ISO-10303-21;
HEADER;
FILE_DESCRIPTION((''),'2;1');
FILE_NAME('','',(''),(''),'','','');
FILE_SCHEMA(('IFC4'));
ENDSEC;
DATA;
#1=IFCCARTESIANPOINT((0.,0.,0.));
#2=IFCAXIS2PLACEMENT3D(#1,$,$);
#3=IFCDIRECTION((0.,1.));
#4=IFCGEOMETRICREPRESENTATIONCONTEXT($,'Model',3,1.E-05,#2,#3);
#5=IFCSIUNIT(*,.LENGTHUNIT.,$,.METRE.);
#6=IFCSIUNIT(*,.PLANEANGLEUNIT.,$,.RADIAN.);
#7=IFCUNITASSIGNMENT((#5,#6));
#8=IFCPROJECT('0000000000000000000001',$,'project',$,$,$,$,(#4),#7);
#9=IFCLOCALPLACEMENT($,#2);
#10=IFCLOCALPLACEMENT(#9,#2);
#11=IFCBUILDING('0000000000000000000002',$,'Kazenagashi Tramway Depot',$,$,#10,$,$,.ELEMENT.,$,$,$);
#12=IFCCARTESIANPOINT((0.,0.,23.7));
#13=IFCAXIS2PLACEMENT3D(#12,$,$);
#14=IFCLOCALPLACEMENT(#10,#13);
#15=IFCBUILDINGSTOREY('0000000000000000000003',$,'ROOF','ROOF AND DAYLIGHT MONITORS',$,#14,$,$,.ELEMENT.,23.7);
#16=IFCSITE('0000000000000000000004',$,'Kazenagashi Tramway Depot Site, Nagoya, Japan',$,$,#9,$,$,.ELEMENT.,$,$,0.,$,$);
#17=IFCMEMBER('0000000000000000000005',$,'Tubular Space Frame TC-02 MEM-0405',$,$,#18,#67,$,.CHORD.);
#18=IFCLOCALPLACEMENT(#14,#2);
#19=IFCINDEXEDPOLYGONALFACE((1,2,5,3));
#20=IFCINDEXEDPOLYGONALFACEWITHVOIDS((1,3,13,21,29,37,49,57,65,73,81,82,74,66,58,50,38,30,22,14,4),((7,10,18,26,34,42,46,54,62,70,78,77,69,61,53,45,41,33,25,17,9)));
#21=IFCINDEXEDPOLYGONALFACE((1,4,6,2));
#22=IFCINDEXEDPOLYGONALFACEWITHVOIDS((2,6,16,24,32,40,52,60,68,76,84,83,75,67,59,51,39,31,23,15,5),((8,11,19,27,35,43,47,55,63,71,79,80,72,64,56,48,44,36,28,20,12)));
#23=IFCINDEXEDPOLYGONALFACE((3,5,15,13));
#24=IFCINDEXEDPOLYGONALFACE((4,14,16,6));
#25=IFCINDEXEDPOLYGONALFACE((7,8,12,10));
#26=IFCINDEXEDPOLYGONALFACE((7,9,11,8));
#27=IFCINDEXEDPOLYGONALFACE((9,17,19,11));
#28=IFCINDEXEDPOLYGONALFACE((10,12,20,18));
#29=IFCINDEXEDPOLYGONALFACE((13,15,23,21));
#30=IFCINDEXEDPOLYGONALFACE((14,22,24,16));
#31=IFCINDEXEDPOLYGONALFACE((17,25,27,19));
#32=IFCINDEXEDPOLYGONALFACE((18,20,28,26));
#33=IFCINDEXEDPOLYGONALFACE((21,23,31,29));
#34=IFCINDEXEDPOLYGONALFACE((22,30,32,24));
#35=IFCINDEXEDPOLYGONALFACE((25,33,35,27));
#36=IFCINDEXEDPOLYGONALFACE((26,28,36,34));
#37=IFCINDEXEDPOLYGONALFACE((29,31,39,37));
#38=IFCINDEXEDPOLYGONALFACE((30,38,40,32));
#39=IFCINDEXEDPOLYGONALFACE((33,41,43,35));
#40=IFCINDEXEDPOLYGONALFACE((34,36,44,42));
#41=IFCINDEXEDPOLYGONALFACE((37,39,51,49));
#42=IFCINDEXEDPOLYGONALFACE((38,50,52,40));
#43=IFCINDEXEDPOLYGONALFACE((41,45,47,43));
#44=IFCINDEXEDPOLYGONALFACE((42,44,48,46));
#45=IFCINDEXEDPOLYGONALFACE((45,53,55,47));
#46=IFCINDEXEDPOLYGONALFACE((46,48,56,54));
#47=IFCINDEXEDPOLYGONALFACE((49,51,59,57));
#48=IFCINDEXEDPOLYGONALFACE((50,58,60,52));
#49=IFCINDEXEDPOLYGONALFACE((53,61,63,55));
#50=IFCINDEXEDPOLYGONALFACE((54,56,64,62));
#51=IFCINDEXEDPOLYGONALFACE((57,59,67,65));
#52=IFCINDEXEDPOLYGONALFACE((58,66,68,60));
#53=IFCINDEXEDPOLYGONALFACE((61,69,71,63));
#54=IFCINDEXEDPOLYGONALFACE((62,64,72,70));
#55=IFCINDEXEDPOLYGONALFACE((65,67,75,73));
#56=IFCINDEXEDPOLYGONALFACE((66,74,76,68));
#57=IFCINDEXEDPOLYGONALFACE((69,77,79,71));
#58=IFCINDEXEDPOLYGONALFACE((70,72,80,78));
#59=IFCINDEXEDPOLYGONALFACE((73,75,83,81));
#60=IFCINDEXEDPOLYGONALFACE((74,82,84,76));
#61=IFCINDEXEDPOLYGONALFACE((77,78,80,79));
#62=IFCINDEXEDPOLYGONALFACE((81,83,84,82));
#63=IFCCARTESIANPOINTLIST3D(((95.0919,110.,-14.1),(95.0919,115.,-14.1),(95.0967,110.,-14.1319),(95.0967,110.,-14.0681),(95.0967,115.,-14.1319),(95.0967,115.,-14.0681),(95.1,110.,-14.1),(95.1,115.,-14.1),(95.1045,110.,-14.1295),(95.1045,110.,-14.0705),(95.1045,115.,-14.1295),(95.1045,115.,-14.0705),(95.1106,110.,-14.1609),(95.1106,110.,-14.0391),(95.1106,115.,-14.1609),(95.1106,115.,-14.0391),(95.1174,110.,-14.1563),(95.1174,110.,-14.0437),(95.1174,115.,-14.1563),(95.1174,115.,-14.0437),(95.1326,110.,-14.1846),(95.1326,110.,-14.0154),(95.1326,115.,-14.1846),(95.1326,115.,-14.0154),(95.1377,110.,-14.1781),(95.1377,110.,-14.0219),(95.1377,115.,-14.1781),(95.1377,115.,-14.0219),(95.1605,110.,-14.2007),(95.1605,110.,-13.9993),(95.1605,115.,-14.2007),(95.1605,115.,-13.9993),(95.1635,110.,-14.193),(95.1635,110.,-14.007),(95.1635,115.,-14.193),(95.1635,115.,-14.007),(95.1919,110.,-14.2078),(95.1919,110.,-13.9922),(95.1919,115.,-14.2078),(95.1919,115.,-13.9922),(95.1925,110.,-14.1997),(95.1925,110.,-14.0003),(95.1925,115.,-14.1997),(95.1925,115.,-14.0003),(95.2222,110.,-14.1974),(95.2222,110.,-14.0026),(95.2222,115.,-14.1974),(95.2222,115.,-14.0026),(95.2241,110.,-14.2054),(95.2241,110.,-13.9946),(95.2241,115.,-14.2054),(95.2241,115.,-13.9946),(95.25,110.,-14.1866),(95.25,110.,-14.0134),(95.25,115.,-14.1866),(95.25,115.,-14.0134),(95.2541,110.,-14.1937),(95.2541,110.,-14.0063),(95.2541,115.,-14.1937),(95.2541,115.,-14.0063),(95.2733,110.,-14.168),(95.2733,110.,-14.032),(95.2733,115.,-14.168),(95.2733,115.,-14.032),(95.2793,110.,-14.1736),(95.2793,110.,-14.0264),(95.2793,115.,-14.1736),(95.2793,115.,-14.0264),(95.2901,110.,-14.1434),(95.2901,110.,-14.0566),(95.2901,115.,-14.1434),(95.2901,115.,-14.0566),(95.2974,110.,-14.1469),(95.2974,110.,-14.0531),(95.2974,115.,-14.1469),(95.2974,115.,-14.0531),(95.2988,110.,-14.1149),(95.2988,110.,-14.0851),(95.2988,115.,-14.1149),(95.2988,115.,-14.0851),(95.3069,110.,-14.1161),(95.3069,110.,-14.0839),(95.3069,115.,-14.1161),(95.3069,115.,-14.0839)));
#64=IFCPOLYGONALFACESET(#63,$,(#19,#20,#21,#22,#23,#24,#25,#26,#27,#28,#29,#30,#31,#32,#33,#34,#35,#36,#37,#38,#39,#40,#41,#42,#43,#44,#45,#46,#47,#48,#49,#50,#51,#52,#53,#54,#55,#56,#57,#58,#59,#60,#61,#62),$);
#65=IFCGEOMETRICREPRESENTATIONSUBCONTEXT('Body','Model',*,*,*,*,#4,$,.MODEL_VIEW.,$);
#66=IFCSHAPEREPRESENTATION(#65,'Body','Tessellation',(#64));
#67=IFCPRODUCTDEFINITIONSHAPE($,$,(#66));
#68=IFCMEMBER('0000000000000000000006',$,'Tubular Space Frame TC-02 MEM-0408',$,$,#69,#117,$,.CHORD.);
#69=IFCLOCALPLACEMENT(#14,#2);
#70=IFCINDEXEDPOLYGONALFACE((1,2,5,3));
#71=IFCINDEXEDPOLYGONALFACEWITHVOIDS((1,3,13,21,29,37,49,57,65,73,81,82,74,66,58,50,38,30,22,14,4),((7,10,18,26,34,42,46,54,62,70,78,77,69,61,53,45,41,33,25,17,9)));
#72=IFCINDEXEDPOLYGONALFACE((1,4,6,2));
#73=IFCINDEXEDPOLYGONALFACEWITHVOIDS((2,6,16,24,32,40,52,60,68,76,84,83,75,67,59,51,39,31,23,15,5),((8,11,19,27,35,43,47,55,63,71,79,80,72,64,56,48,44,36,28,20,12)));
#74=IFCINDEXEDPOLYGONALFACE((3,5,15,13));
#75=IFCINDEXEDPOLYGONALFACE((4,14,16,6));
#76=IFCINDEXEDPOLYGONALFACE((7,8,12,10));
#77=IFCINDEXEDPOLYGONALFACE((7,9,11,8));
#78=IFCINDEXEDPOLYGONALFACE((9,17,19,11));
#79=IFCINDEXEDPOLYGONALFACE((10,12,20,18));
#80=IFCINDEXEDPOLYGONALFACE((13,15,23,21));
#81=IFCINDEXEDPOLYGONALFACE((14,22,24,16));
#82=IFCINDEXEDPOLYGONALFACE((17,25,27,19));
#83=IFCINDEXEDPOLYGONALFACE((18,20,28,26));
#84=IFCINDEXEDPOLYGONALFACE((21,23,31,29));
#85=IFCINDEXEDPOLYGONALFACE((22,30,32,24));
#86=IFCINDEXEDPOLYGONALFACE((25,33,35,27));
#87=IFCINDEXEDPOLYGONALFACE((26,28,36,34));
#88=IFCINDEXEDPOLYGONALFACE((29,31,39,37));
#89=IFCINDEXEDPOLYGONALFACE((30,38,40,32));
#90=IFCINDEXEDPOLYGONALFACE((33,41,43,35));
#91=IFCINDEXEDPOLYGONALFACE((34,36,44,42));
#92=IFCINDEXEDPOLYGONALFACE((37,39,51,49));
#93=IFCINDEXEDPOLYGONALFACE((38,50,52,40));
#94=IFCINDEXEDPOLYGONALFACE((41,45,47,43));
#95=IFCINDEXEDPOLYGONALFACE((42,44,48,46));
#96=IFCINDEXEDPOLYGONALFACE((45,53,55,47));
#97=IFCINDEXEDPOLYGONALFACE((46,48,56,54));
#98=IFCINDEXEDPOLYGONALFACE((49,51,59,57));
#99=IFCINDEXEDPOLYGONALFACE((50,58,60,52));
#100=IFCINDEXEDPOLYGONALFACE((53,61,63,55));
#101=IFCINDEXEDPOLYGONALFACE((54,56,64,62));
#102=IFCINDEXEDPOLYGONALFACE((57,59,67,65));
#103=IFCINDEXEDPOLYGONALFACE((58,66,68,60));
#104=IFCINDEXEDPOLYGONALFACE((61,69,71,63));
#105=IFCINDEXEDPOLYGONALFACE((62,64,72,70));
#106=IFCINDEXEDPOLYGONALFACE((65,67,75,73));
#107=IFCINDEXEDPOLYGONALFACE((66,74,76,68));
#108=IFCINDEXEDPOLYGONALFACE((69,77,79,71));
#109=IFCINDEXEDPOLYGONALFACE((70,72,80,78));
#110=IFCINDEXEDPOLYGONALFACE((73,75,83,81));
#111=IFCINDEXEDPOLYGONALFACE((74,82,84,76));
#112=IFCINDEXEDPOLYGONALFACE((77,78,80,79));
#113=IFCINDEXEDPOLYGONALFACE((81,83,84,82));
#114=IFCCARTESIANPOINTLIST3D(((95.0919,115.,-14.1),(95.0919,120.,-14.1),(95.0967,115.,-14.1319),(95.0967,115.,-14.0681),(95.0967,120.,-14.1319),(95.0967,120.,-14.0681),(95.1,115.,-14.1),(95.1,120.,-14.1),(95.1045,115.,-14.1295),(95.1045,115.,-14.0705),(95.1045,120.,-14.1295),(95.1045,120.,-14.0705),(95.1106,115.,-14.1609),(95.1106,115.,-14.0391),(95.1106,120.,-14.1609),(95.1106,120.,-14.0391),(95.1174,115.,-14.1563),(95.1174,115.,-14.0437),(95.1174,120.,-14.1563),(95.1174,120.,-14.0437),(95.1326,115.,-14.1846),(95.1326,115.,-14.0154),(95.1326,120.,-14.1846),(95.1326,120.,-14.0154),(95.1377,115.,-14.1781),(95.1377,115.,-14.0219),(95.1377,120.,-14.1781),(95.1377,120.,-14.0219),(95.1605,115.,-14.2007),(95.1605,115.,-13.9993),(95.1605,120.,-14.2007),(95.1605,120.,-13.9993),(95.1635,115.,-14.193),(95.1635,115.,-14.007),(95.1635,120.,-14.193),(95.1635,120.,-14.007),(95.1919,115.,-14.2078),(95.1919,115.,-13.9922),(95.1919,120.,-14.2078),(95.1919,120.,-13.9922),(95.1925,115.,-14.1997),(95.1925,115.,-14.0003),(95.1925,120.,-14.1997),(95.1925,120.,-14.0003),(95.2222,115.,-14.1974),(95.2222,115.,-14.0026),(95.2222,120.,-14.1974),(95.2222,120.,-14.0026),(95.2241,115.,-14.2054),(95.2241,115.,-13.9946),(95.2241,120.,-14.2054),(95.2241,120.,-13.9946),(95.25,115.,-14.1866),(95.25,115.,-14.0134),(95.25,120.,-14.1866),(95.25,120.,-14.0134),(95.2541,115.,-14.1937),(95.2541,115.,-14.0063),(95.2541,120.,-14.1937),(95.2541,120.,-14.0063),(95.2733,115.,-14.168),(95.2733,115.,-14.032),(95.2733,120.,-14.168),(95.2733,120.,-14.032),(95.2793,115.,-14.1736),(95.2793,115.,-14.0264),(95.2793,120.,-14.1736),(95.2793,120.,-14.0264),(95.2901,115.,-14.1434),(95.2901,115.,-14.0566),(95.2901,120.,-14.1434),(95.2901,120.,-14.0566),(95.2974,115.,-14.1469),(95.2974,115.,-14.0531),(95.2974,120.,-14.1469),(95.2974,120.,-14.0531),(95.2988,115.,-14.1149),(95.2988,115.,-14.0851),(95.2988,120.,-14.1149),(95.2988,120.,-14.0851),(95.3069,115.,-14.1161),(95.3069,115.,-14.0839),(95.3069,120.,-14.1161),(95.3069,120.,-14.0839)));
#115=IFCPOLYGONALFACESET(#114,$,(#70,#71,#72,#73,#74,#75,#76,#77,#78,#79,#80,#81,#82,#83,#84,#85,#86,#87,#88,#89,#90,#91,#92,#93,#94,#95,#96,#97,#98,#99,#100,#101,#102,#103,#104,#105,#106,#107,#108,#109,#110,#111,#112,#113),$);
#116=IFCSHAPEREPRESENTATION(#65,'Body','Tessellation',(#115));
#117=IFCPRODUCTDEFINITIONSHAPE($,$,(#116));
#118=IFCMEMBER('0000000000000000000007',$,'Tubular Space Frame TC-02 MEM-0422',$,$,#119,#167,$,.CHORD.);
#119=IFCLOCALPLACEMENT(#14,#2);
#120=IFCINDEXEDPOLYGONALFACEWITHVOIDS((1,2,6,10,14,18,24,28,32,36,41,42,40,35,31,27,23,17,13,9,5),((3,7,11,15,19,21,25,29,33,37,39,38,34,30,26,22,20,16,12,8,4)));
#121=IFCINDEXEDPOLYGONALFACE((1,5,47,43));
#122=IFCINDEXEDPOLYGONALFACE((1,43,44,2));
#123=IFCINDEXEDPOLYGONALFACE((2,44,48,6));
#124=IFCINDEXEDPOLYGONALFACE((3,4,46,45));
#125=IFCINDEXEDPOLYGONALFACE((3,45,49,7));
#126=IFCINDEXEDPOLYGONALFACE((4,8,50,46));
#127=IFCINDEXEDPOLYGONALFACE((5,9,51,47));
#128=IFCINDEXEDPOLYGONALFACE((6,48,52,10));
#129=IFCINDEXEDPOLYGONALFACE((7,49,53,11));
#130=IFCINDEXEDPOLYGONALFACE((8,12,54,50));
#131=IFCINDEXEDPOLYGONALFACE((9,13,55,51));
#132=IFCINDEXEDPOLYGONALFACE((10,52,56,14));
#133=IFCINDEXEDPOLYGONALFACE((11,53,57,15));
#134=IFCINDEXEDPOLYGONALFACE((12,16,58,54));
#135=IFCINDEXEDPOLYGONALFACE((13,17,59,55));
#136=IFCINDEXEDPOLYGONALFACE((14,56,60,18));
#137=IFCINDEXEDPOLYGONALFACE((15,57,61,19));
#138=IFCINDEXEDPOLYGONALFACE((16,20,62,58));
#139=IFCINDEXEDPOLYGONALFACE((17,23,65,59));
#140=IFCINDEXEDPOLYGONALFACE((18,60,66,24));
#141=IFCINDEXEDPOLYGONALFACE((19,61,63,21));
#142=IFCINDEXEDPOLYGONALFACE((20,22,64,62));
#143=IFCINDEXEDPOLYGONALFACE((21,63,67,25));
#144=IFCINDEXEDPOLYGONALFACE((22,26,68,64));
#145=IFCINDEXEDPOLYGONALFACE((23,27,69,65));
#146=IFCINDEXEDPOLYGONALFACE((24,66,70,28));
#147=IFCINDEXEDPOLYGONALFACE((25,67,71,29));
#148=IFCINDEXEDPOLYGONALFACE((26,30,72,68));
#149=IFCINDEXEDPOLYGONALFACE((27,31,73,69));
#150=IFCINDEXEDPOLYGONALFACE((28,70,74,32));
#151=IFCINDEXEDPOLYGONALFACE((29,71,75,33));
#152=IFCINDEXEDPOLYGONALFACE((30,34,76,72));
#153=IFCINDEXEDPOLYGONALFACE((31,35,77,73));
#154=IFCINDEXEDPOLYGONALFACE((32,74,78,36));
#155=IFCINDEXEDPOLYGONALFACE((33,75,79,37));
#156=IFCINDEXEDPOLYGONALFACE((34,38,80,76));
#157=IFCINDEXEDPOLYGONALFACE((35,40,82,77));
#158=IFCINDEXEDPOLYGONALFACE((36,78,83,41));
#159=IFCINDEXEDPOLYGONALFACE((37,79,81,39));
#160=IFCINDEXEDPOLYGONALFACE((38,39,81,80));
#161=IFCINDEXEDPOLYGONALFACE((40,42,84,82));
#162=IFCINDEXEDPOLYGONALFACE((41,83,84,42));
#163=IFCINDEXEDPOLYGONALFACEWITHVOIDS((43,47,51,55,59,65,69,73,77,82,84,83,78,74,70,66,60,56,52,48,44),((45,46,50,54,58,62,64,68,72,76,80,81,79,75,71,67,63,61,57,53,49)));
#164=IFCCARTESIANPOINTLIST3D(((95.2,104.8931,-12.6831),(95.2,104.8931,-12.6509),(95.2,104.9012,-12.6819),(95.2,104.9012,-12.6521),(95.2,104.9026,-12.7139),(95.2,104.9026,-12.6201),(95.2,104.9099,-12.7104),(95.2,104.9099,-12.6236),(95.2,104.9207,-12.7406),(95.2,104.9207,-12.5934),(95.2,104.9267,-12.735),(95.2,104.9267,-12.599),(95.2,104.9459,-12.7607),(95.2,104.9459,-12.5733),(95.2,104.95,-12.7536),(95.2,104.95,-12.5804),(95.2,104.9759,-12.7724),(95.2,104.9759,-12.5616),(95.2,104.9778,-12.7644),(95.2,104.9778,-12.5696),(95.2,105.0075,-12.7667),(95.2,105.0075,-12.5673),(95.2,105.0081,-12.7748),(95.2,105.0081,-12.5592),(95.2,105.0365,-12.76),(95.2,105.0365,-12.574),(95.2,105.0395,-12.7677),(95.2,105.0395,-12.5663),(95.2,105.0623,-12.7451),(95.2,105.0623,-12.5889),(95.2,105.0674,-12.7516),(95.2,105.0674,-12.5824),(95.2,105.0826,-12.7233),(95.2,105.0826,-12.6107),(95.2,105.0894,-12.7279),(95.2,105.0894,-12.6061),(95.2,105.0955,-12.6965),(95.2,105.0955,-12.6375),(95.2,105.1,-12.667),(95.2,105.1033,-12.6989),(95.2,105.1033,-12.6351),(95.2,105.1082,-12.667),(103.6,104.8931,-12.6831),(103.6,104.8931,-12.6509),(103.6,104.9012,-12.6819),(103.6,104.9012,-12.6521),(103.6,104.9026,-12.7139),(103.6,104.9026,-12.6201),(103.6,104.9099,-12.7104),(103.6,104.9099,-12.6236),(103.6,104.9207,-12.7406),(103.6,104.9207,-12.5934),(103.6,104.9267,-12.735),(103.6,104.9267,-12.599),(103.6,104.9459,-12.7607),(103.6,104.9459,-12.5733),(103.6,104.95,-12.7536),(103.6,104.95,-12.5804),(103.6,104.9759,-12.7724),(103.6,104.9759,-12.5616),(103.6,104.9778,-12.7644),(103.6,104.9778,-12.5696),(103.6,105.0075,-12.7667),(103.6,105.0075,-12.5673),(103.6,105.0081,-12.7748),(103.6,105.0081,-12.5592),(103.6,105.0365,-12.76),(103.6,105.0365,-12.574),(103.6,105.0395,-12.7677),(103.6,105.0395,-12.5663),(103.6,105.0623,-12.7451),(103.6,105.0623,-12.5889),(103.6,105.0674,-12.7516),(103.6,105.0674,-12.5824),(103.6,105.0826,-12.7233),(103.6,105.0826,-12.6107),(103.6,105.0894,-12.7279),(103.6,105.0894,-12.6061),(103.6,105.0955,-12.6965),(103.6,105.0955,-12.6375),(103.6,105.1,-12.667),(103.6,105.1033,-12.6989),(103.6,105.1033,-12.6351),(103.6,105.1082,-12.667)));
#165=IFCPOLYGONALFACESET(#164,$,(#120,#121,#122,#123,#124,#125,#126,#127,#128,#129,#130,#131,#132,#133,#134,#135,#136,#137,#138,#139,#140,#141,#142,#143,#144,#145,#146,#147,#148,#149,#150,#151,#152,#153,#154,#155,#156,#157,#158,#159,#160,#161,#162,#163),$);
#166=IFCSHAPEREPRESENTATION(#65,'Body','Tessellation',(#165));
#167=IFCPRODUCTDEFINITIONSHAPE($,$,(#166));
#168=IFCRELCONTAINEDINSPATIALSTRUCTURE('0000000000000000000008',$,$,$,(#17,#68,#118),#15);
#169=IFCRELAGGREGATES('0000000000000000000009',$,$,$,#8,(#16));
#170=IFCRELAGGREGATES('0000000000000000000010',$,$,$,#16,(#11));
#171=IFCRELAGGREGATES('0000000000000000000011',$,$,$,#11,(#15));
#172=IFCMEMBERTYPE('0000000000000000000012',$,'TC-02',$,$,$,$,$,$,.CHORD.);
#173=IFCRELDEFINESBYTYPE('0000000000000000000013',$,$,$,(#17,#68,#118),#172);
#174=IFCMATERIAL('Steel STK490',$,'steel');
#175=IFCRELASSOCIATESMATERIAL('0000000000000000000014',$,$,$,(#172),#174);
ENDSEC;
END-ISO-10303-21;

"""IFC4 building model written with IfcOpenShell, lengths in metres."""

from ifc_helpers import new_model, si_unit, direction, frame, origin, origin_2d, place, context, subcontext, project, spatial, hollow_circle, extrude, material, material_profile, profile_set, type_object, element, save


model = new_model("IFC4")

# Units and contexts
model_context = context("Model", 3, precision=1e-05, world=origin(), true_north=direction((0.0, 1.0)))
body_context = subcontext(model_context, "Body", "Model", "MODEL_VIEW")
ifc_project = project(units=[si_unit("LENGTHUNIT", "METRE"), si_unit("PLANEANGLEUNIT", "RADIAN")], contexts=[model_context])

# Site, building, storey
site_placement = place(None, origin())
site = spatial("IfcSite", under=ifc_project, at=site_placement, Name="Kazenagashi Tramway Depot Site, Nagoya, Japan", CompositionType="ELEMENT", RefElevation=0.0)
building_placement = place(site_placement, origin())
building = spatial("IfcBuilding", under=site, at=building_placement, Name="Kazenagashi Tramway Depot", CompositionType="ELEMENT")
storey_placement = place(building_placement, frame((0.0, 0.0, 23.7)))
storey = spatial("IfcBuildingStorey", under=building, at=storey_placement, Name="ROOF", Description="ROOF AND DAYLIGHT MONITORS", CompositionType="ELEMENT", Elevation=23.7)

# Members
ifc_material_1 = material(Name="Steel STK490", Category="steel")
ifc_material_profile_1 = material_profile(ifc_material_1, hollow_circle(Radius=0.1081, WallThickness=0.0082, at=origin_2d()), Name="CHS-216.3x8.2")
ifc_profile_set_1 = profile_set([ifc_material_profile_1], Name="Steel STK490")
member_type_1 = type_object("IfcMemberType", Name="TC-02", PredefinedType="CHORD", material=ifc_profile_set_1)
for number, where, z_axis, x_axis, name in (
    (1, (95.2, 110.0, -14.1), (0.0, 1.0, 0.0), (-1.0, 0.0, 0.0), "Tubular Space Frame TC-02 MEM-0405"),
    (2, (95.2, 115.0, -14.1), (0.0, 1.0, 0.0), (-1.0, 0.0, 0.0), "Tubular Space Frame TC-02 MEM-0408"),
):
    element("IfcMember", number, at=place(storey_placement, frame(where, z_axis=z_axis, x_axis=x_axis)), inside=storey, type_object=member_type_1, Name=name, PredefinedType="CHORD", context=body_context, shape_type="SweptSolid", body=[
        extrude(hollow_circle(Radius=0.1081, WallThickness=0.0082, at=origin_2d()), origin(), (0.0, 0.0, 1.0), 5.0),
    ])
member_1_placement = place(storey_placement, frame((95.2, 105.0, -12.667), z_axis=(1.0, 0.0, 0.0), x_axis=(0.0, 1.0, 0.0)))
element("IfcMember", 3, at=member_1_placement, inside=storey, type_object=member_type_1, Name="Tubular Space Frame TC-02 MEM-0422", PredefinedType="CHORD", context=body_context, shape_type="SweptSolid", body=[
    extrude(hollow_circle(Radius=0.1081, WallThickness=0.0082, at=origin_2d()), origin(), (0.0, 0.0, 1.0), 8.4),
])

save(model, "model.ifc")
